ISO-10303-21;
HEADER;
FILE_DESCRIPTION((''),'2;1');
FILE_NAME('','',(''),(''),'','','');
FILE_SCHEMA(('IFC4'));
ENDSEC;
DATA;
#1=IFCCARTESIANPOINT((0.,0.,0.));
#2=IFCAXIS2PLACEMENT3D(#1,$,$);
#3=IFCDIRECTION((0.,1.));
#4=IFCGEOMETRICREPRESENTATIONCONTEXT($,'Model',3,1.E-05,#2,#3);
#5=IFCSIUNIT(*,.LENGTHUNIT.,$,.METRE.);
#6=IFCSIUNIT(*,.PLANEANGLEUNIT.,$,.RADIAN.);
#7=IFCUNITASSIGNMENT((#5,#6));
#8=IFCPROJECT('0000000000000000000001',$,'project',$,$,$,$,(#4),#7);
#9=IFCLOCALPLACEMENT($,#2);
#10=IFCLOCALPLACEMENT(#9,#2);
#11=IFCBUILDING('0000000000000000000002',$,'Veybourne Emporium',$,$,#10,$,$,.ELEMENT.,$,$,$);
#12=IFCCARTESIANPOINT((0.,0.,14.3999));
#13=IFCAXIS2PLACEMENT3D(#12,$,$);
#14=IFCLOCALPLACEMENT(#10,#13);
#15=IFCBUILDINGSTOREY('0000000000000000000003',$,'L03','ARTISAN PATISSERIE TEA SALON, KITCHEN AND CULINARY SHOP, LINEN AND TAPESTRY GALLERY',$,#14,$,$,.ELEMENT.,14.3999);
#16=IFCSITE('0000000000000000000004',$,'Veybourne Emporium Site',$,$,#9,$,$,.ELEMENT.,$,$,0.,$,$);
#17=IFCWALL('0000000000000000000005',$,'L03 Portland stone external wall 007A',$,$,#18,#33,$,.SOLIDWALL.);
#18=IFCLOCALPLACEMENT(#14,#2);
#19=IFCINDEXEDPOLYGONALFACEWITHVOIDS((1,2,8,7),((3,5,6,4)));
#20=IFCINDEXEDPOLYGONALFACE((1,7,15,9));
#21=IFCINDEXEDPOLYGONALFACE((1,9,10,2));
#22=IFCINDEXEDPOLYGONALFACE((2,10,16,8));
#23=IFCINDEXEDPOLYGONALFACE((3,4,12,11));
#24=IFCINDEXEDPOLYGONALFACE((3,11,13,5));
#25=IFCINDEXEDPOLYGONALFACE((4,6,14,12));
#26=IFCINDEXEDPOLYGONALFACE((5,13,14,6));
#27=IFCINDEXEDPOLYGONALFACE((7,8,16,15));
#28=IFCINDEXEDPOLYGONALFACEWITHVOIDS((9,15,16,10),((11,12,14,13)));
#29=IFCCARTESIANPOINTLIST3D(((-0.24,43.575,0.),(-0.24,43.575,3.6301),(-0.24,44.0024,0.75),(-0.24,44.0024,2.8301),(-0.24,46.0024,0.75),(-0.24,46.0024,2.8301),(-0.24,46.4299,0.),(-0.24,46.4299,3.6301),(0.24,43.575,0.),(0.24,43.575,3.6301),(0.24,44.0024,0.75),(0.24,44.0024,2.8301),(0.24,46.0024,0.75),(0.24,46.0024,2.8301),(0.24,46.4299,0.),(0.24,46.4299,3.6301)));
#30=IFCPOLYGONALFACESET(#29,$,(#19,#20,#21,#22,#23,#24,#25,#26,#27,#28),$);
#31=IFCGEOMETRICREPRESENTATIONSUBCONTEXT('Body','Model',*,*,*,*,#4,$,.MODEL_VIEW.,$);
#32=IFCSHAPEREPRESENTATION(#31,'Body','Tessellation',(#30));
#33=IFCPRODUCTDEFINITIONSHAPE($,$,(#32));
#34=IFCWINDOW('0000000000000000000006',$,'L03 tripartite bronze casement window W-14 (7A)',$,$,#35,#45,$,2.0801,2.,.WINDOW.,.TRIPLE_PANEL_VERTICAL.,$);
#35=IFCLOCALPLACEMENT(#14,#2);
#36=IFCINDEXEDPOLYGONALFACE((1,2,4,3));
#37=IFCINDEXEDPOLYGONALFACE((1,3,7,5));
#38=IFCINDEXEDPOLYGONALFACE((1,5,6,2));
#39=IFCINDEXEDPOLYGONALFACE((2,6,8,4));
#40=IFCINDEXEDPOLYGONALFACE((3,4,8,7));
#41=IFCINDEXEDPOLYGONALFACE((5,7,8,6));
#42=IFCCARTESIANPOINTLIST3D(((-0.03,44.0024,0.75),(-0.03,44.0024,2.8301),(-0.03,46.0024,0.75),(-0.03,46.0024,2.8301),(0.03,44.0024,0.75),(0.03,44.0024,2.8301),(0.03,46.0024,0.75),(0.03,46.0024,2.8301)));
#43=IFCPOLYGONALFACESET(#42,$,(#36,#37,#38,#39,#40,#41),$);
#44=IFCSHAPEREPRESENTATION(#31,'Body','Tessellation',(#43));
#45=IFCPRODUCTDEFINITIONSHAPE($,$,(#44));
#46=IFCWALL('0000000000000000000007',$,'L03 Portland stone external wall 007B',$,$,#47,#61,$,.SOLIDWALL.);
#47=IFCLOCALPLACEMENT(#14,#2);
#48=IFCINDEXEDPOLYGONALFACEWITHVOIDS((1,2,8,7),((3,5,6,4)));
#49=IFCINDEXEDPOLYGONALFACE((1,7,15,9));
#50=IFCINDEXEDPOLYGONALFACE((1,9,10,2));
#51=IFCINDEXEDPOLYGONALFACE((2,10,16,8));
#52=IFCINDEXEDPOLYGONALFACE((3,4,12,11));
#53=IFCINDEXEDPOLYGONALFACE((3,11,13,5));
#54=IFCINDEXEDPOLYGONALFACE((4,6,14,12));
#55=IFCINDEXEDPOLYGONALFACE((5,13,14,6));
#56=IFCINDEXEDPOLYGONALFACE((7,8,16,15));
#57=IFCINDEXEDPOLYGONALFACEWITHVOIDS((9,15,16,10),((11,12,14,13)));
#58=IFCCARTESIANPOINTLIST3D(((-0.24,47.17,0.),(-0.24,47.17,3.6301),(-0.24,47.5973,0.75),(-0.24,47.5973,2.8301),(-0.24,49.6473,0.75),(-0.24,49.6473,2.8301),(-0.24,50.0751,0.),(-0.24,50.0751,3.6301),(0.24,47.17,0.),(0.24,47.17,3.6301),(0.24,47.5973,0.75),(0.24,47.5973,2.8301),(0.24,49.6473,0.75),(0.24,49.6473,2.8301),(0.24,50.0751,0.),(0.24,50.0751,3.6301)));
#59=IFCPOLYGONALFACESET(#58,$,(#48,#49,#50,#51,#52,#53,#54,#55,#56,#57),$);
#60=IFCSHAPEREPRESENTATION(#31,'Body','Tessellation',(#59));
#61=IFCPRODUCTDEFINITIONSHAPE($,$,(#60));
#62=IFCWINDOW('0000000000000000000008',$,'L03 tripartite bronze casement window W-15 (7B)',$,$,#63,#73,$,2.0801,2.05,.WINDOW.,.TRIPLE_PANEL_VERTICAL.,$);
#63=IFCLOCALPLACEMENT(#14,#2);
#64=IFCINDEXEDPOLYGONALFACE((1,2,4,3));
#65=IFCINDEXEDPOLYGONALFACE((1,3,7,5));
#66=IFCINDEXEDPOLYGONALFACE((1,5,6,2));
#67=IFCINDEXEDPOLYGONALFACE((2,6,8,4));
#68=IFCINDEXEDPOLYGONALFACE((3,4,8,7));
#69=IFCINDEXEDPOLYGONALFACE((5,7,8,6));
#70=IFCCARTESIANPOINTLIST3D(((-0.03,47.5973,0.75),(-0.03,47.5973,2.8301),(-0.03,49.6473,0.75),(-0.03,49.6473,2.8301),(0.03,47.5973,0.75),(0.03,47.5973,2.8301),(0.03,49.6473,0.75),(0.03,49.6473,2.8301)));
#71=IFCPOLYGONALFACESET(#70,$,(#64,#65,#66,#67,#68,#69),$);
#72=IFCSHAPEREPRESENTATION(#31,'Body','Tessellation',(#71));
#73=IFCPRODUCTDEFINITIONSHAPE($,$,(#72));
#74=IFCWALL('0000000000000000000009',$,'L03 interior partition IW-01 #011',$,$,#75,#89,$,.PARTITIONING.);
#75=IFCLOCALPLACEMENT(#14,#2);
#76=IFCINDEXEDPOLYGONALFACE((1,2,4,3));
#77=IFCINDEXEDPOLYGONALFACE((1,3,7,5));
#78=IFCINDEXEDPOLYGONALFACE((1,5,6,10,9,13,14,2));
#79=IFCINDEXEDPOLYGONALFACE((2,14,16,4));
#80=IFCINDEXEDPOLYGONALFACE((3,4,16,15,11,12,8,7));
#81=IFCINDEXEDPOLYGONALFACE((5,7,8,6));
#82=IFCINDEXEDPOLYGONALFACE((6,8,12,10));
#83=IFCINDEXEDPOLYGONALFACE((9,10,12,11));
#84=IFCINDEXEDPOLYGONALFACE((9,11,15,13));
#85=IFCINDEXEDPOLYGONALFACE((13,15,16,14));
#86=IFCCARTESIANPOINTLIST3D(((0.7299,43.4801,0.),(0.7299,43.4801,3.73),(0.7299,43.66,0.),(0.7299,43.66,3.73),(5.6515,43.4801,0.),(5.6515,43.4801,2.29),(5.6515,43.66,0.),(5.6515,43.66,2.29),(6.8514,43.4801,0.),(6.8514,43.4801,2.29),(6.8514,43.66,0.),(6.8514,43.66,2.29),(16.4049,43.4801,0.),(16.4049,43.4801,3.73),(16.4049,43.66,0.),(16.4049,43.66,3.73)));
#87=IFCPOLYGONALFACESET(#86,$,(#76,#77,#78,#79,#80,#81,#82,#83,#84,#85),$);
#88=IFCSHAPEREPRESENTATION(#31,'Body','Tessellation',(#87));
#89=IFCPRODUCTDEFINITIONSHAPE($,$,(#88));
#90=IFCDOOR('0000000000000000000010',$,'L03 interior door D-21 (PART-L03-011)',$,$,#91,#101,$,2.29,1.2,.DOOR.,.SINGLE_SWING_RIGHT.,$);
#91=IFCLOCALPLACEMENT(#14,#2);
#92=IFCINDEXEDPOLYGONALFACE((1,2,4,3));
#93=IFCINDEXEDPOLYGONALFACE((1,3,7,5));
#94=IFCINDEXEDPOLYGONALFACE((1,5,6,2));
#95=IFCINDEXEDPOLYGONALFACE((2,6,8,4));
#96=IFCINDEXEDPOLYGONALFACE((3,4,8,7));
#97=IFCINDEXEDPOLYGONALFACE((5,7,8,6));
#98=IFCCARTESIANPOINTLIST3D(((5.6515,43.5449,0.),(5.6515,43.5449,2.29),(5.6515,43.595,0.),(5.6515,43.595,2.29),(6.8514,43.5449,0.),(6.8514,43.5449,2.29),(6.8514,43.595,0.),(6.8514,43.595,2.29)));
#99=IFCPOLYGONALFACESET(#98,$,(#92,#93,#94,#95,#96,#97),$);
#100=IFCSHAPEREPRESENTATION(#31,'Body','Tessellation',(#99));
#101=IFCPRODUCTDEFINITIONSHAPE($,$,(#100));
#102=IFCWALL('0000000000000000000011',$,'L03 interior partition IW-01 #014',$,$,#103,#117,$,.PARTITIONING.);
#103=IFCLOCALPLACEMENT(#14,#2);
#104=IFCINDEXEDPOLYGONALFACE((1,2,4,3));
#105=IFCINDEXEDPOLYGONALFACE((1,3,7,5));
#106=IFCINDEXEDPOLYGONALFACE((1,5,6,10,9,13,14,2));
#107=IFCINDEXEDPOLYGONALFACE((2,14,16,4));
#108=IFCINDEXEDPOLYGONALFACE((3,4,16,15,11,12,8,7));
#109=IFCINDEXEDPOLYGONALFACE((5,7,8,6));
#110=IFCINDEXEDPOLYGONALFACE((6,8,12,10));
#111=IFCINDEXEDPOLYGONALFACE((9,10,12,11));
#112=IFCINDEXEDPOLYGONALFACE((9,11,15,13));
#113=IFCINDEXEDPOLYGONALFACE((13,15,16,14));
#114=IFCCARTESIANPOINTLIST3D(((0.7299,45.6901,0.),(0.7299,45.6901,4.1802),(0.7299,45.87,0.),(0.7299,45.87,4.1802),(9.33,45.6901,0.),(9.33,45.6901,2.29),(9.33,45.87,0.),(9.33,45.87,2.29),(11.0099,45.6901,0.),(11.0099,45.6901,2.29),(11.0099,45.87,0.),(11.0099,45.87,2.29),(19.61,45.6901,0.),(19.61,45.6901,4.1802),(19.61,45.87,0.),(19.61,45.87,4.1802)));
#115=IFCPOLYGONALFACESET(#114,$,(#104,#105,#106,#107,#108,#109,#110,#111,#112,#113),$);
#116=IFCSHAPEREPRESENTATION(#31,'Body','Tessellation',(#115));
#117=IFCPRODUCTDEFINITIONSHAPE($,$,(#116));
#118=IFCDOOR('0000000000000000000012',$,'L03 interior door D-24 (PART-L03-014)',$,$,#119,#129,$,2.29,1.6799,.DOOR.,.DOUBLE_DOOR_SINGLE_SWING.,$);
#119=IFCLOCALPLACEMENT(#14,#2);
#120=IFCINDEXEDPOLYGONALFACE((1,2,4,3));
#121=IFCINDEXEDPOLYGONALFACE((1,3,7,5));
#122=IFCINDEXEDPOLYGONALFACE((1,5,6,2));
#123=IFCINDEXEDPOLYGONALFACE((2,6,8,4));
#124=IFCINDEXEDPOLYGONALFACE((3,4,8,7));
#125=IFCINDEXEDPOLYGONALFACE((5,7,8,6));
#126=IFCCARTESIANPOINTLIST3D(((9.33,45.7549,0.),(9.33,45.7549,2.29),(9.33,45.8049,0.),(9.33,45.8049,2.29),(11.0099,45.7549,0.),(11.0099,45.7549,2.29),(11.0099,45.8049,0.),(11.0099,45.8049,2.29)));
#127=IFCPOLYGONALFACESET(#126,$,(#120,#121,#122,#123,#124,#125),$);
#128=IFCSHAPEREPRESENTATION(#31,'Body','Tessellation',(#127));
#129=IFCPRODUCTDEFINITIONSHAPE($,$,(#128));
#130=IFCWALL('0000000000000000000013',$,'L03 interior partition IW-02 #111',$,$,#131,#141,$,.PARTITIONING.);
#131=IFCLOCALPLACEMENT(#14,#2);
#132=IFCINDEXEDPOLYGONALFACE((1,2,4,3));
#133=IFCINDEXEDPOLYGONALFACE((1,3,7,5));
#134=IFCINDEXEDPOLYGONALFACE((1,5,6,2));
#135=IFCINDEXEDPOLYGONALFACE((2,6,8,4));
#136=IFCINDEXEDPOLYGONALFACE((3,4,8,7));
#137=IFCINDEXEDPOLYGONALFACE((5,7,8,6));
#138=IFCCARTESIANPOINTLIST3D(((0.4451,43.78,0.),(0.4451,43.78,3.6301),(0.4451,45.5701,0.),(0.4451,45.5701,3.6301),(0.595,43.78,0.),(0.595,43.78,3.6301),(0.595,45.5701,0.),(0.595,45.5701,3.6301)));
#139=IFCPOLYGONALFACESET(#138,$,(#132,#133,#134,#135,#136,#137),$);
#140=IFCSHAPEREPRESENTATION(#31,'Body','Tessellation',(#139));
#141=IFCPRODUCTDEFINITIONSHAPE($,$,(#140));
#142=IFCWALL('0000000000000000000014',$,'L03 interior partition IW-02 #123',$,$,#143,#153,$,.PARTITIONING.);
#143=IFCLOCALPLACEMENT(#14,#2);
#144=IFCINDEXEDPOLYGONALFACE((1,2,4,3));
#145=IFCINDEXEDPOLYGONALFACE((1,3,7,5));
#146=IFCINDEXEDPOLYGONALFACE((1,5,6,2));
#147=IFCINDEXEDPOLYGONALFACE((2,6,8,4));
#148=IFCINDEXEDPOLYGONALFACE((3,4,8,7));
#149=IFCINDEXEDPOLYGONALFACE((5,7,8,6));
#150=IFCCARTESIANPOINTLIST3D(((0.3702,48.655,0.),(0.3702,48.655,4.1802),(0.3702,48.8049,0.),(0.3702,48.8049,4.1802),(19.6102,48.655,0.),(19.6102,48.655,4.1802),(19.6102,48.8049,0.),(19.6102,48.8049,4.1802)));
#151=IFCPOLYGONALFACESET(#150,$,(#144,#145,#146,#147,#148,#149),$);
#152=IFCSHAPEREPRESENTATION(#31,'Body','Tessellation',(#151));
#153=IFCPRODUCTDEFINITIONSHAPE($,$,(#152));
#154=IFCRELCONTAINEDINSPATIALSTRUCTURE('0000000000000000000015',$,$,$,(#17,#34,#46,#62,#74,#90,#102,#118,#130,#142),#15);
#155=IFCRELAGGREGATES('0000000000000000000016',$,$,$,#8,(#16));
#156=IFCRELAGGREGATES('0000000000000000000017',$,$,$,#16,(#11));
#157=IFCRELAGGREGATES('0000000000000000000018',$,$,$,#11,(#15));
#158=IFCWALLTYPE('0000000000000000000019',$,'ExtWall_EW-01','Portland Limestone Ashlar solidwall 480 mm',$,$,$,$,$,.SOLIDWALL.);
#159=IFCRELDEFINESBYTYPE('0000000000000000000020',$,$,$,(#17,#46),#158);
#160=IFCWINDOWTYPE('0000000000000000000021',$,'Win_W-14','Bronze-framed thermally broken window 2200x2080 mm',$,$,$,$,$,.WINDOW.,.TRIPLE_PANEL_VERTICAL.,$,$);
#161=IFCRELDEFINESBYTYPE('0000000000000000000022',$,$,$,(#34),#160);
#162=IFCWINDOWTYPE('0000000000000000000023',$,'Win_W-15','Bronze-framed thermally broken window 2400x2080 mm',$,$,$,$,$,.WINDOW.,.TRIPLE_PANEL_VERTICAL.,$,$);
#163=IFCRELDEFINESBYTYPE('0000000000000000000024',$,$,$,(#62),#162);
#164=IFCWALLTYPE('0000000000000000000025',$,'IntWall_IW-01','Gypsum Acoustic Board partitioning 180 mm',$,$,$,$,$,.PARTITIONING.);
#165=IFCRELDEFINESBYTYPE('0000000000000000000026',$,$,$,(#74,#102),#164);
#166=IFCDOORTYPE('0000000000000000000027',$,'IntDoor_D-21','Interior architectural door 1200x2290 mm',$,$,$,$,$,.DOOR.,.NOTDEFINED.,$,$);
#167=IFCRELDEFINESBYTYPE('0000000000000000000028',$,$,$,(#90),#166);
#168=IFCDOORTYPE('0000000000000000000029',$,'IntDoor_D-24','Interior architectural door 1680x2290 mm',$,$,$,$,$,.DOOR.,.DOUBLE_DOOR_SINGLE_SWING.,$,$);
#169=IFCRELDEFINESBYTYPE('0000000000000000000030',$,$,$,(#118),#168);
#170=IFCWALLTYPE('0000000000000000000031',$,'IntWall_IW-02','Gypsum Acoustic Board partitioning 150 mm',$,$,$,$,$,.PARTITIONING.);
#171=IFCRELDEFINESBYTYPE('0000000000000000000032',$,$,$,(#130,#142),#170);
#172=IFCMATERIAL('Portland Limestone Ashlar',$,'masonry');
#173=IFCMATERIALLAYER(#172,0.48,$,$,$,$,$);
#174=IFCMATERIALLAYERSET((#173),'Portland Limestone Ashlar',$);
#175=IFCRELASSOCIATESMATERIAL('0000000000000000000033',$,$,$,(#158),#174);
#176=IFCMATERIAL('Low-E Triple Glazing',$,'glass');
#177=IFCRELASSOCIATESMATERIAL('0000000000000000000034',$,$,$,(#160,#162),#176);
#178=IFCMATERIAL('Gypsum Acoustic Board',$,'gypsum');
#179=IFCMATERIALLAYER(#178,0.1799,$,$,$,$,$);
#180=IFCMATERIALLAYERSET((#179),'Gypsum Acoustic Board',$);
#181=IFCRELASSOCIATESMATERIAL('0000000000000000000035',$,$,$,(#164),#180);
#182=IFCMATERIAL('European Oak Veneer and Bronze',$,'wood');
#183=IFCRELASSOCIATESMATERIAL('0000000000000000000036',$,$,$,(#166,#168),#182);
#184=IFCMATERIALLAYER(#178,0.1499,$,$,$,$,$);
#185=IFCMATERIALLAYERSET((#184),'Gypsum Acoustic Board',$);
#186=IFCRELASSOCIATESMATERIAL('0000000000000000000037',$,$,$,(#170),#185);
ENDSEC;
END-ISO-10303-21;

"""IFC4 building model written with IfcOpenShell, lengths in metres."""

from ifc_helpers import new_model, si_unit, direction, frame, frame_2d, origin, place, context, subcontext, project, spatial, rectangle, extrude, material, layer, layer_set, type_object, element, fill, save


model = new_model("IFC4")

# Units and contexts
model_context = context("Model", 3, precision=1e-05, world=origin(), true_north=direction((0.0, 1.0)))
body_context = subcontext(model_context, "Body", "Model", "MODEL_VIEW")
ifc_project = project(units=[si_unit("LENGTHUNIT", "METRE"), si_unit("PLANEANGLEUNIT", "RADIAN")], contexts=[model_context])

# Site, building, storey
site_placement = place(None, origin())
site = spatial("IfcSite", under=ifc_project, at=site_placement, Name="Veybourne Emporium Site", CompositionType="ELEMENT", RefElevation=0.0)
building_placement = place(site_placement, origin())
building = spatial("IfcBuilding", under=site, at=building_placement, Name="Veybourne Emporium", CompositionType="ELEMENT")
storey_placement = place(building_placement, frame((0.0, 0.0, 14.3999)))
storey = spatial("IfcBuildingStorey", under=building, at=storey_placement, Name="L03", Description="ARTISAN PATISSERIE TEA SALON, KITCHEN AND CULINARY SHOP, LINEN AND TAPESTRY GALLERY", CompositionType="ELEMENT", Elevation=14.3999)

# Walls, openings, windows
ifc_material_1 = material(Name="Portland Limestone Ashlar", Category="masonry")
ifc_layer_1 = layer(ifc_material_1, 0.48)
ifc_layer_set_1 = layer_set([ifc_layer_1], Name="Portland Limestone Ashlar")
wall_type_1 = type_object("IfcWallType", Name="ExtWall_EW-01", Description="Portland Limestone Ashlar solidwall 480 mm", PredefinedType="SOLIDWALL", material=ifc_layer_set_1)
wall_1_placement = place(storey_placement, frame((0.0, 43.575, 0.0), z_axis=(0.0, 0.0, 1.0), x_axis=(0.0, 1.0, 0.0)))
wall_1 = element("IfcWall", 1, at=wall_1_placement, inside=storey, type_object=wall_type_1, Name="L03 Portland stone external wall 007A", PredefinedType="SOLIDWALL", context=body_context, shape_type="SweptSolid", body=[
    extrude(rectangle(XDim=2.855, YDim=0.48, at=frame_2d((1.4275, 0.0))), origin(), (0.0, 0.0, 1.0), 3.6301),
])
opening_1_placement = place(wall_1_placement, frame((0.4275, 0.0, 0.75)))
opening_1 = element("IfcOpeningElement", 2, at=opening_1_placement, cuts=wall_1, PredefinedType="OPENING", context=body_context, shape_type="SweptSolid", body=[
    extrude(rectangle(XDim=2.0, YDim=2.0801, at=frame_2d((1.0, 1.04))), frame((0.0, 0.26, 0.0), z_axis=(0.0, -1.0, 0.0), x_axis=(1.0, 0.0, 0.0)), (0.0, 0.0, 1.0), 0.52),
])
ifc_material_2 = material(Name="Low-E Triple Glazing", Category="glass")
window_type_1 = type_object("IfcWindowType", Name="Win_W-14", Description="Bronze-framed thermally broken window 2200x2080 mm", PartitioningType="TRIPLE_PANEL_VERTICAL", PredefinedType="WINDOW", material=ifc_material_2)
window_1_placement = place(opening_1_placement, origin())
window_1 = element("IfcWindow", 3, at=window_1_placement, inside=storey, type_object=window_type_1, Name="L03 tripartite bronze casement window W-14 (7A)", OverallHeight=2.0801, OverallWidth=2.0, PartitioningType="TRIPLE_PANEL_VERTICAL", PredefinedType="WINDOW", context=body_context, shape_type="SweptSolid", body=[
    extrude(rectangle(XDim=2.0, YDim=2.0801, at=frame_2d((1.0, 1.04))), frame((0.0, 0.03, 0.0), z_axis=(0.0, -1.0, 0.0), x_axis=(1.0, 0.0, 0.0)), (0.0, 0.0, 1.0), 0.0601),
])
fill(opening_1, window_1)
wall_2_placement = place(storey_placement, frame((0.0, 47.1699, 0.0), z_axis=(0.0, 0.0, 1.0), x_axis=(0.0, 1.0, 0.0)))
wall_2 = element("IfcWall", 4, at=wall_2_placement, inside=storey, type_object=wall_type_1, Name="L03 Portland stone external wall 007B", PredefinedType="SOLIDWALL", context=body_context, shape_type="SweptSolid", body=[
    extrude(rectangle(XDim=2.905, YDim=0.48, at=frame_2d((1.4526, 0.0))), origin(), (0.0, 0.0, 1.0), 3.6301),
])
opening_2_placement = place(wall_2_placement, frame((0.4275, 0.0, 0.75)))
opening_2 = element("IfcOpeningElement", 5, at=opening_2_placement, cuts=wall_2, PredefinedType="OPENING", context=body_context, shape_type="SweptSolid", body=[
    extrude(rectangle(XDim=2.05, YDim=2.0801, at=frame_2d((1.0249, 1.04))), frame((0.0, 0.26, 0.0), z_axis=(0.0, -1.0, 0.0), x_axis=(1.0, 0.0, 0.0)), (0.0, 0.0, 1.0), 0.52),
])
window_type_2 = type_object("IfcWindowType", Name="Win_W-15", Description="Bronze-framed thermally broken window 2400x2080 mm", PartitioningType="TRIPLE_PANEL_VERTICAL", PredefinedType="WINDOW", material=ifc_material_2)
window_2_placement = place(opening_2_placement, origin())
window_2 = element("IfcWindow", 6, at=window_2_placement, inside=storey, type_object=window_type_2, Name="L03 tripartite bronze casement window W-15 (7B)", OverallHeight=2.0801, OverallWidth=2.05, PartitioningType="TRIPLE_PANEL_VERTICAL", PredefinedType="WINDOW", context=body_context, shape_type="SweptSolid", body=[
    extrude(rectangle(XDim=2.05, YDim=2.0801, at=frame_2d((1.0249, 1.04))), frame((0.0, 0.03, 0.0), z_axis=(0.0, -1.0, 0.0), x_axis=(1.0, 0.0, 0.0)), (0.0, 0.0, 1.0), 0.0601),
])
fill(opening_2, window_2)

# Walls, openings, doors
ifc_material_3 = material(Name="Gypsum Acoustic Board", Category="gypsum")
ifc_layer_2 = layer(ifc_material_3, 0.1799)
ifc_layer_set_2 = layer_set([ifc_layer_2], Name="Gypsum Acoustic Board")
wall_type_2 = type_object("IfcWallType", Name="IntWall_IW-01", Description="Gypsum Acoustic Board partitioning 180 mm", PredefinedType="PARTITIONING", material=ifc_layer_set_2)
wall_3_placement = place(storey_placement, frame((0.73, 43.5701, 0.0), z_axis=(0.0, 0.0, 1.0), x_axis=(1.0, 0.0, 0.0)))
wall_3 = element("IfcWall", 7, at=wall_3_placement, inside=storey, type_object=wall_type_2, Name="L03 interior partition IW-01 #011", PredefinedType="PARTITIONING", context=body_context, shape_type="SweptSolid", body=[
    extrude(rectangle(XDim=15.675, YDim=0.1799, at=frame_2d((7.8374, 0.0))), origin(), (0.0, 0.0, 1.0), 3.73),
])
opening_3_placement = place(wall_3_placement, frame((4.9214, 0.0, 0.0)))
opening_3 = element("IfcOpeningElement", 8, at=opening_3_placement, cuts=wall_3, PredefinedType="OPENING", context=body_context, shape_type="SweptSolid", body=[
    extrude(rectangle(XDim=1.2, YDim=2.29, at=frame_2d((0.6001, 1.145))), frame((0.0, 0.1099, 0.0), z_axis=(0.0, -1.0, 0.0), x_axis=(1.0, 0.0, 0.0)), (0.0, 0.0, 1.0), 0.22),
])
ifc_material_4 = material(Name="European Oak Veneer and Bronze", Category="wood")
door_type_1 = type_object("IfcDoorType", Name="IntDoor_D-21", Description="Interior architectural door 1200x2290 mm", OperationType="NOTDEFINED", PredefinedType="DOOR", material=ifc_material_4)
door_1_placement = place(opening_3_placement, origin())
door_1 = element("IfcDoor", 9, at=door_1_placement, inside=storey, type_object=door_type_1, Name="L03 interior door D-21 (PART-L03-011)", OperationType="SINGLE_SWING_RIGHT", OverallHeight=2.29, OverallWidth=1.2, PredefinedType="DOOR", context=body_context, shape_type="SweptSolid", body=[
    extrude(rectangle(XDim=1.2, YDim=2.29, at=frame_2d((0.6001, 1.145))), frame((0.0, 0.0249, 0.0), z_axis=(0.0, -1.0, 0.0), x_axis=(1.0, 0.0, 0.0)), (0.0, 0.0, 1.0), 0.05),
])
fill(opening_3, door_1)
wall_4_placement = place(storey_placement, frame((0.73, 45.78, 0.0), z_axis=(0.0, 0.0, 1.0), x_axis=(1.0, 0.0, 0.0)))
wall_4 = element("IfcWall", 10, at=wall_4_placement, inside=storey, type_object=wall_type_2, Name="L03 interior partition IW-01 #014", PredefinedType="PARTITIONING", context=body_context, shape_type="SweptSolid", body=[
    extrude(rectangle(XDim=18.8801, YDim=0.1799, at=frame_2d((9.4399, 0.0))), origin(), (0.0, 0.0, 1.0), 4.1802),
])
opening_4_placement = place(wall_4_placement, frame((8.6001, 0.0, 0.0)))
opening_4 = element("IfcOpeningElement", 11, at=opening_4_placement, cuts=wall_4, PredefinedType="OPENING", context=body_context, shape_type="SweptSolid", body=[
    extrude(rectangle(XDim=1.6799, YDim=2.29, at=frame_2d((0.8398, 1.145))), frame((0.0, 0.1099, 0.0), z_axis=(0.0, -1.0, 0.0), x_axis=(1.0, 0.0, 0.0)), (0.0, 0.0, 1.0), 0.22),
])
door_type_2 = type_object("IfcDoorType", Name="IntDoor_D-24", Description="Interior architectural door 1680x2290 mm", OperationType="DOUBLE_DOOR_SINGLE_SWING", PredefinedType="DOOR", material=ifc_material_4)
door_2_placement = place(opening_4_placement, origin())
door_2 = element("IfcDoor", 12, at=door_2_placement, inside=storey, type_object=door_type_2, Name="L03 interior door D-24 (PART-L03-014)", OperationType="DOUBLE_DOOR_SINGLE_SWING", OverallHeight=2.29, OverallWidth=1.6799, PredefinedType="DOOR", context=body_context, shape_type="SweptSolid", body=[
    extrude(rectangle(XDim=1.6799, YDim=2.29, at=frame_2d((0.8398, 1.145))), frame((0.0, 0.0249, 0.0), z_axis=(0.0, -1.0, 0.0), x_axis=(1.0, 0.0, 0.0)), (0.0, 0.0, 1.0), 0.05),
])
fill(opening_4, door_2)

# Walls
ifc_layer_3 = layer(ifc_material_3, 0.1499)
ifc_layer_set_3 = layer_set([ifc_layer_3], Name="Gypsum Acoustic Board")
wall_type_3 = type_object("IfcWallType", Name="IntWall_IW-02", Description="Gypsum Acoustic Board partitioning 150 mm", PredefinedType="PARTITIONING", material=ifc_layer_set_3)
wall_5_placement = place(storey_placement, frame((0.52, 43.78, 0.0), z_axis=(0.0, 0.0, 1.0), x_axis=(0.0, 1.0, 0.0)))
element("IfcWall", 13, at=wall_5_placement, inside=storey, type_object=wall_type_3, Name="L03 interior partition IW-02 #111", PredefinedType="PARTITIONING", context=body_context, shape_type="SweptSolid", body=[
    extrude(rectangle(XDim=1.79, YDim=0.1499, at=frame_2d((0.895, 0.0))), origin(), (0.0, 0.0, 1.0), 3.6301),
])
wall_6_placement = place(storey_placement, frame((0.3701, 48.73, 0.0), z_axis=(0.0, 0.0, 1.0), x_axis=(1.0, 0.0, 0.0)))
element("IfcWall", 14, at=wall_6_placement, inside=storey, type_object=wall_type_3, Name="L03 interior partition IW-02 #123", PredefinedType="PARTITIONING", context=body_context, shape_type="SweptSolid", body=[
    extrude(rectangle(XDim=19.24, YDim=0.1499, at=frame_2d((9.6201, 0.0))), origin(), (0.0, 0.0, 1.0), 4.1802),
])

save(model, "model.ifc")
